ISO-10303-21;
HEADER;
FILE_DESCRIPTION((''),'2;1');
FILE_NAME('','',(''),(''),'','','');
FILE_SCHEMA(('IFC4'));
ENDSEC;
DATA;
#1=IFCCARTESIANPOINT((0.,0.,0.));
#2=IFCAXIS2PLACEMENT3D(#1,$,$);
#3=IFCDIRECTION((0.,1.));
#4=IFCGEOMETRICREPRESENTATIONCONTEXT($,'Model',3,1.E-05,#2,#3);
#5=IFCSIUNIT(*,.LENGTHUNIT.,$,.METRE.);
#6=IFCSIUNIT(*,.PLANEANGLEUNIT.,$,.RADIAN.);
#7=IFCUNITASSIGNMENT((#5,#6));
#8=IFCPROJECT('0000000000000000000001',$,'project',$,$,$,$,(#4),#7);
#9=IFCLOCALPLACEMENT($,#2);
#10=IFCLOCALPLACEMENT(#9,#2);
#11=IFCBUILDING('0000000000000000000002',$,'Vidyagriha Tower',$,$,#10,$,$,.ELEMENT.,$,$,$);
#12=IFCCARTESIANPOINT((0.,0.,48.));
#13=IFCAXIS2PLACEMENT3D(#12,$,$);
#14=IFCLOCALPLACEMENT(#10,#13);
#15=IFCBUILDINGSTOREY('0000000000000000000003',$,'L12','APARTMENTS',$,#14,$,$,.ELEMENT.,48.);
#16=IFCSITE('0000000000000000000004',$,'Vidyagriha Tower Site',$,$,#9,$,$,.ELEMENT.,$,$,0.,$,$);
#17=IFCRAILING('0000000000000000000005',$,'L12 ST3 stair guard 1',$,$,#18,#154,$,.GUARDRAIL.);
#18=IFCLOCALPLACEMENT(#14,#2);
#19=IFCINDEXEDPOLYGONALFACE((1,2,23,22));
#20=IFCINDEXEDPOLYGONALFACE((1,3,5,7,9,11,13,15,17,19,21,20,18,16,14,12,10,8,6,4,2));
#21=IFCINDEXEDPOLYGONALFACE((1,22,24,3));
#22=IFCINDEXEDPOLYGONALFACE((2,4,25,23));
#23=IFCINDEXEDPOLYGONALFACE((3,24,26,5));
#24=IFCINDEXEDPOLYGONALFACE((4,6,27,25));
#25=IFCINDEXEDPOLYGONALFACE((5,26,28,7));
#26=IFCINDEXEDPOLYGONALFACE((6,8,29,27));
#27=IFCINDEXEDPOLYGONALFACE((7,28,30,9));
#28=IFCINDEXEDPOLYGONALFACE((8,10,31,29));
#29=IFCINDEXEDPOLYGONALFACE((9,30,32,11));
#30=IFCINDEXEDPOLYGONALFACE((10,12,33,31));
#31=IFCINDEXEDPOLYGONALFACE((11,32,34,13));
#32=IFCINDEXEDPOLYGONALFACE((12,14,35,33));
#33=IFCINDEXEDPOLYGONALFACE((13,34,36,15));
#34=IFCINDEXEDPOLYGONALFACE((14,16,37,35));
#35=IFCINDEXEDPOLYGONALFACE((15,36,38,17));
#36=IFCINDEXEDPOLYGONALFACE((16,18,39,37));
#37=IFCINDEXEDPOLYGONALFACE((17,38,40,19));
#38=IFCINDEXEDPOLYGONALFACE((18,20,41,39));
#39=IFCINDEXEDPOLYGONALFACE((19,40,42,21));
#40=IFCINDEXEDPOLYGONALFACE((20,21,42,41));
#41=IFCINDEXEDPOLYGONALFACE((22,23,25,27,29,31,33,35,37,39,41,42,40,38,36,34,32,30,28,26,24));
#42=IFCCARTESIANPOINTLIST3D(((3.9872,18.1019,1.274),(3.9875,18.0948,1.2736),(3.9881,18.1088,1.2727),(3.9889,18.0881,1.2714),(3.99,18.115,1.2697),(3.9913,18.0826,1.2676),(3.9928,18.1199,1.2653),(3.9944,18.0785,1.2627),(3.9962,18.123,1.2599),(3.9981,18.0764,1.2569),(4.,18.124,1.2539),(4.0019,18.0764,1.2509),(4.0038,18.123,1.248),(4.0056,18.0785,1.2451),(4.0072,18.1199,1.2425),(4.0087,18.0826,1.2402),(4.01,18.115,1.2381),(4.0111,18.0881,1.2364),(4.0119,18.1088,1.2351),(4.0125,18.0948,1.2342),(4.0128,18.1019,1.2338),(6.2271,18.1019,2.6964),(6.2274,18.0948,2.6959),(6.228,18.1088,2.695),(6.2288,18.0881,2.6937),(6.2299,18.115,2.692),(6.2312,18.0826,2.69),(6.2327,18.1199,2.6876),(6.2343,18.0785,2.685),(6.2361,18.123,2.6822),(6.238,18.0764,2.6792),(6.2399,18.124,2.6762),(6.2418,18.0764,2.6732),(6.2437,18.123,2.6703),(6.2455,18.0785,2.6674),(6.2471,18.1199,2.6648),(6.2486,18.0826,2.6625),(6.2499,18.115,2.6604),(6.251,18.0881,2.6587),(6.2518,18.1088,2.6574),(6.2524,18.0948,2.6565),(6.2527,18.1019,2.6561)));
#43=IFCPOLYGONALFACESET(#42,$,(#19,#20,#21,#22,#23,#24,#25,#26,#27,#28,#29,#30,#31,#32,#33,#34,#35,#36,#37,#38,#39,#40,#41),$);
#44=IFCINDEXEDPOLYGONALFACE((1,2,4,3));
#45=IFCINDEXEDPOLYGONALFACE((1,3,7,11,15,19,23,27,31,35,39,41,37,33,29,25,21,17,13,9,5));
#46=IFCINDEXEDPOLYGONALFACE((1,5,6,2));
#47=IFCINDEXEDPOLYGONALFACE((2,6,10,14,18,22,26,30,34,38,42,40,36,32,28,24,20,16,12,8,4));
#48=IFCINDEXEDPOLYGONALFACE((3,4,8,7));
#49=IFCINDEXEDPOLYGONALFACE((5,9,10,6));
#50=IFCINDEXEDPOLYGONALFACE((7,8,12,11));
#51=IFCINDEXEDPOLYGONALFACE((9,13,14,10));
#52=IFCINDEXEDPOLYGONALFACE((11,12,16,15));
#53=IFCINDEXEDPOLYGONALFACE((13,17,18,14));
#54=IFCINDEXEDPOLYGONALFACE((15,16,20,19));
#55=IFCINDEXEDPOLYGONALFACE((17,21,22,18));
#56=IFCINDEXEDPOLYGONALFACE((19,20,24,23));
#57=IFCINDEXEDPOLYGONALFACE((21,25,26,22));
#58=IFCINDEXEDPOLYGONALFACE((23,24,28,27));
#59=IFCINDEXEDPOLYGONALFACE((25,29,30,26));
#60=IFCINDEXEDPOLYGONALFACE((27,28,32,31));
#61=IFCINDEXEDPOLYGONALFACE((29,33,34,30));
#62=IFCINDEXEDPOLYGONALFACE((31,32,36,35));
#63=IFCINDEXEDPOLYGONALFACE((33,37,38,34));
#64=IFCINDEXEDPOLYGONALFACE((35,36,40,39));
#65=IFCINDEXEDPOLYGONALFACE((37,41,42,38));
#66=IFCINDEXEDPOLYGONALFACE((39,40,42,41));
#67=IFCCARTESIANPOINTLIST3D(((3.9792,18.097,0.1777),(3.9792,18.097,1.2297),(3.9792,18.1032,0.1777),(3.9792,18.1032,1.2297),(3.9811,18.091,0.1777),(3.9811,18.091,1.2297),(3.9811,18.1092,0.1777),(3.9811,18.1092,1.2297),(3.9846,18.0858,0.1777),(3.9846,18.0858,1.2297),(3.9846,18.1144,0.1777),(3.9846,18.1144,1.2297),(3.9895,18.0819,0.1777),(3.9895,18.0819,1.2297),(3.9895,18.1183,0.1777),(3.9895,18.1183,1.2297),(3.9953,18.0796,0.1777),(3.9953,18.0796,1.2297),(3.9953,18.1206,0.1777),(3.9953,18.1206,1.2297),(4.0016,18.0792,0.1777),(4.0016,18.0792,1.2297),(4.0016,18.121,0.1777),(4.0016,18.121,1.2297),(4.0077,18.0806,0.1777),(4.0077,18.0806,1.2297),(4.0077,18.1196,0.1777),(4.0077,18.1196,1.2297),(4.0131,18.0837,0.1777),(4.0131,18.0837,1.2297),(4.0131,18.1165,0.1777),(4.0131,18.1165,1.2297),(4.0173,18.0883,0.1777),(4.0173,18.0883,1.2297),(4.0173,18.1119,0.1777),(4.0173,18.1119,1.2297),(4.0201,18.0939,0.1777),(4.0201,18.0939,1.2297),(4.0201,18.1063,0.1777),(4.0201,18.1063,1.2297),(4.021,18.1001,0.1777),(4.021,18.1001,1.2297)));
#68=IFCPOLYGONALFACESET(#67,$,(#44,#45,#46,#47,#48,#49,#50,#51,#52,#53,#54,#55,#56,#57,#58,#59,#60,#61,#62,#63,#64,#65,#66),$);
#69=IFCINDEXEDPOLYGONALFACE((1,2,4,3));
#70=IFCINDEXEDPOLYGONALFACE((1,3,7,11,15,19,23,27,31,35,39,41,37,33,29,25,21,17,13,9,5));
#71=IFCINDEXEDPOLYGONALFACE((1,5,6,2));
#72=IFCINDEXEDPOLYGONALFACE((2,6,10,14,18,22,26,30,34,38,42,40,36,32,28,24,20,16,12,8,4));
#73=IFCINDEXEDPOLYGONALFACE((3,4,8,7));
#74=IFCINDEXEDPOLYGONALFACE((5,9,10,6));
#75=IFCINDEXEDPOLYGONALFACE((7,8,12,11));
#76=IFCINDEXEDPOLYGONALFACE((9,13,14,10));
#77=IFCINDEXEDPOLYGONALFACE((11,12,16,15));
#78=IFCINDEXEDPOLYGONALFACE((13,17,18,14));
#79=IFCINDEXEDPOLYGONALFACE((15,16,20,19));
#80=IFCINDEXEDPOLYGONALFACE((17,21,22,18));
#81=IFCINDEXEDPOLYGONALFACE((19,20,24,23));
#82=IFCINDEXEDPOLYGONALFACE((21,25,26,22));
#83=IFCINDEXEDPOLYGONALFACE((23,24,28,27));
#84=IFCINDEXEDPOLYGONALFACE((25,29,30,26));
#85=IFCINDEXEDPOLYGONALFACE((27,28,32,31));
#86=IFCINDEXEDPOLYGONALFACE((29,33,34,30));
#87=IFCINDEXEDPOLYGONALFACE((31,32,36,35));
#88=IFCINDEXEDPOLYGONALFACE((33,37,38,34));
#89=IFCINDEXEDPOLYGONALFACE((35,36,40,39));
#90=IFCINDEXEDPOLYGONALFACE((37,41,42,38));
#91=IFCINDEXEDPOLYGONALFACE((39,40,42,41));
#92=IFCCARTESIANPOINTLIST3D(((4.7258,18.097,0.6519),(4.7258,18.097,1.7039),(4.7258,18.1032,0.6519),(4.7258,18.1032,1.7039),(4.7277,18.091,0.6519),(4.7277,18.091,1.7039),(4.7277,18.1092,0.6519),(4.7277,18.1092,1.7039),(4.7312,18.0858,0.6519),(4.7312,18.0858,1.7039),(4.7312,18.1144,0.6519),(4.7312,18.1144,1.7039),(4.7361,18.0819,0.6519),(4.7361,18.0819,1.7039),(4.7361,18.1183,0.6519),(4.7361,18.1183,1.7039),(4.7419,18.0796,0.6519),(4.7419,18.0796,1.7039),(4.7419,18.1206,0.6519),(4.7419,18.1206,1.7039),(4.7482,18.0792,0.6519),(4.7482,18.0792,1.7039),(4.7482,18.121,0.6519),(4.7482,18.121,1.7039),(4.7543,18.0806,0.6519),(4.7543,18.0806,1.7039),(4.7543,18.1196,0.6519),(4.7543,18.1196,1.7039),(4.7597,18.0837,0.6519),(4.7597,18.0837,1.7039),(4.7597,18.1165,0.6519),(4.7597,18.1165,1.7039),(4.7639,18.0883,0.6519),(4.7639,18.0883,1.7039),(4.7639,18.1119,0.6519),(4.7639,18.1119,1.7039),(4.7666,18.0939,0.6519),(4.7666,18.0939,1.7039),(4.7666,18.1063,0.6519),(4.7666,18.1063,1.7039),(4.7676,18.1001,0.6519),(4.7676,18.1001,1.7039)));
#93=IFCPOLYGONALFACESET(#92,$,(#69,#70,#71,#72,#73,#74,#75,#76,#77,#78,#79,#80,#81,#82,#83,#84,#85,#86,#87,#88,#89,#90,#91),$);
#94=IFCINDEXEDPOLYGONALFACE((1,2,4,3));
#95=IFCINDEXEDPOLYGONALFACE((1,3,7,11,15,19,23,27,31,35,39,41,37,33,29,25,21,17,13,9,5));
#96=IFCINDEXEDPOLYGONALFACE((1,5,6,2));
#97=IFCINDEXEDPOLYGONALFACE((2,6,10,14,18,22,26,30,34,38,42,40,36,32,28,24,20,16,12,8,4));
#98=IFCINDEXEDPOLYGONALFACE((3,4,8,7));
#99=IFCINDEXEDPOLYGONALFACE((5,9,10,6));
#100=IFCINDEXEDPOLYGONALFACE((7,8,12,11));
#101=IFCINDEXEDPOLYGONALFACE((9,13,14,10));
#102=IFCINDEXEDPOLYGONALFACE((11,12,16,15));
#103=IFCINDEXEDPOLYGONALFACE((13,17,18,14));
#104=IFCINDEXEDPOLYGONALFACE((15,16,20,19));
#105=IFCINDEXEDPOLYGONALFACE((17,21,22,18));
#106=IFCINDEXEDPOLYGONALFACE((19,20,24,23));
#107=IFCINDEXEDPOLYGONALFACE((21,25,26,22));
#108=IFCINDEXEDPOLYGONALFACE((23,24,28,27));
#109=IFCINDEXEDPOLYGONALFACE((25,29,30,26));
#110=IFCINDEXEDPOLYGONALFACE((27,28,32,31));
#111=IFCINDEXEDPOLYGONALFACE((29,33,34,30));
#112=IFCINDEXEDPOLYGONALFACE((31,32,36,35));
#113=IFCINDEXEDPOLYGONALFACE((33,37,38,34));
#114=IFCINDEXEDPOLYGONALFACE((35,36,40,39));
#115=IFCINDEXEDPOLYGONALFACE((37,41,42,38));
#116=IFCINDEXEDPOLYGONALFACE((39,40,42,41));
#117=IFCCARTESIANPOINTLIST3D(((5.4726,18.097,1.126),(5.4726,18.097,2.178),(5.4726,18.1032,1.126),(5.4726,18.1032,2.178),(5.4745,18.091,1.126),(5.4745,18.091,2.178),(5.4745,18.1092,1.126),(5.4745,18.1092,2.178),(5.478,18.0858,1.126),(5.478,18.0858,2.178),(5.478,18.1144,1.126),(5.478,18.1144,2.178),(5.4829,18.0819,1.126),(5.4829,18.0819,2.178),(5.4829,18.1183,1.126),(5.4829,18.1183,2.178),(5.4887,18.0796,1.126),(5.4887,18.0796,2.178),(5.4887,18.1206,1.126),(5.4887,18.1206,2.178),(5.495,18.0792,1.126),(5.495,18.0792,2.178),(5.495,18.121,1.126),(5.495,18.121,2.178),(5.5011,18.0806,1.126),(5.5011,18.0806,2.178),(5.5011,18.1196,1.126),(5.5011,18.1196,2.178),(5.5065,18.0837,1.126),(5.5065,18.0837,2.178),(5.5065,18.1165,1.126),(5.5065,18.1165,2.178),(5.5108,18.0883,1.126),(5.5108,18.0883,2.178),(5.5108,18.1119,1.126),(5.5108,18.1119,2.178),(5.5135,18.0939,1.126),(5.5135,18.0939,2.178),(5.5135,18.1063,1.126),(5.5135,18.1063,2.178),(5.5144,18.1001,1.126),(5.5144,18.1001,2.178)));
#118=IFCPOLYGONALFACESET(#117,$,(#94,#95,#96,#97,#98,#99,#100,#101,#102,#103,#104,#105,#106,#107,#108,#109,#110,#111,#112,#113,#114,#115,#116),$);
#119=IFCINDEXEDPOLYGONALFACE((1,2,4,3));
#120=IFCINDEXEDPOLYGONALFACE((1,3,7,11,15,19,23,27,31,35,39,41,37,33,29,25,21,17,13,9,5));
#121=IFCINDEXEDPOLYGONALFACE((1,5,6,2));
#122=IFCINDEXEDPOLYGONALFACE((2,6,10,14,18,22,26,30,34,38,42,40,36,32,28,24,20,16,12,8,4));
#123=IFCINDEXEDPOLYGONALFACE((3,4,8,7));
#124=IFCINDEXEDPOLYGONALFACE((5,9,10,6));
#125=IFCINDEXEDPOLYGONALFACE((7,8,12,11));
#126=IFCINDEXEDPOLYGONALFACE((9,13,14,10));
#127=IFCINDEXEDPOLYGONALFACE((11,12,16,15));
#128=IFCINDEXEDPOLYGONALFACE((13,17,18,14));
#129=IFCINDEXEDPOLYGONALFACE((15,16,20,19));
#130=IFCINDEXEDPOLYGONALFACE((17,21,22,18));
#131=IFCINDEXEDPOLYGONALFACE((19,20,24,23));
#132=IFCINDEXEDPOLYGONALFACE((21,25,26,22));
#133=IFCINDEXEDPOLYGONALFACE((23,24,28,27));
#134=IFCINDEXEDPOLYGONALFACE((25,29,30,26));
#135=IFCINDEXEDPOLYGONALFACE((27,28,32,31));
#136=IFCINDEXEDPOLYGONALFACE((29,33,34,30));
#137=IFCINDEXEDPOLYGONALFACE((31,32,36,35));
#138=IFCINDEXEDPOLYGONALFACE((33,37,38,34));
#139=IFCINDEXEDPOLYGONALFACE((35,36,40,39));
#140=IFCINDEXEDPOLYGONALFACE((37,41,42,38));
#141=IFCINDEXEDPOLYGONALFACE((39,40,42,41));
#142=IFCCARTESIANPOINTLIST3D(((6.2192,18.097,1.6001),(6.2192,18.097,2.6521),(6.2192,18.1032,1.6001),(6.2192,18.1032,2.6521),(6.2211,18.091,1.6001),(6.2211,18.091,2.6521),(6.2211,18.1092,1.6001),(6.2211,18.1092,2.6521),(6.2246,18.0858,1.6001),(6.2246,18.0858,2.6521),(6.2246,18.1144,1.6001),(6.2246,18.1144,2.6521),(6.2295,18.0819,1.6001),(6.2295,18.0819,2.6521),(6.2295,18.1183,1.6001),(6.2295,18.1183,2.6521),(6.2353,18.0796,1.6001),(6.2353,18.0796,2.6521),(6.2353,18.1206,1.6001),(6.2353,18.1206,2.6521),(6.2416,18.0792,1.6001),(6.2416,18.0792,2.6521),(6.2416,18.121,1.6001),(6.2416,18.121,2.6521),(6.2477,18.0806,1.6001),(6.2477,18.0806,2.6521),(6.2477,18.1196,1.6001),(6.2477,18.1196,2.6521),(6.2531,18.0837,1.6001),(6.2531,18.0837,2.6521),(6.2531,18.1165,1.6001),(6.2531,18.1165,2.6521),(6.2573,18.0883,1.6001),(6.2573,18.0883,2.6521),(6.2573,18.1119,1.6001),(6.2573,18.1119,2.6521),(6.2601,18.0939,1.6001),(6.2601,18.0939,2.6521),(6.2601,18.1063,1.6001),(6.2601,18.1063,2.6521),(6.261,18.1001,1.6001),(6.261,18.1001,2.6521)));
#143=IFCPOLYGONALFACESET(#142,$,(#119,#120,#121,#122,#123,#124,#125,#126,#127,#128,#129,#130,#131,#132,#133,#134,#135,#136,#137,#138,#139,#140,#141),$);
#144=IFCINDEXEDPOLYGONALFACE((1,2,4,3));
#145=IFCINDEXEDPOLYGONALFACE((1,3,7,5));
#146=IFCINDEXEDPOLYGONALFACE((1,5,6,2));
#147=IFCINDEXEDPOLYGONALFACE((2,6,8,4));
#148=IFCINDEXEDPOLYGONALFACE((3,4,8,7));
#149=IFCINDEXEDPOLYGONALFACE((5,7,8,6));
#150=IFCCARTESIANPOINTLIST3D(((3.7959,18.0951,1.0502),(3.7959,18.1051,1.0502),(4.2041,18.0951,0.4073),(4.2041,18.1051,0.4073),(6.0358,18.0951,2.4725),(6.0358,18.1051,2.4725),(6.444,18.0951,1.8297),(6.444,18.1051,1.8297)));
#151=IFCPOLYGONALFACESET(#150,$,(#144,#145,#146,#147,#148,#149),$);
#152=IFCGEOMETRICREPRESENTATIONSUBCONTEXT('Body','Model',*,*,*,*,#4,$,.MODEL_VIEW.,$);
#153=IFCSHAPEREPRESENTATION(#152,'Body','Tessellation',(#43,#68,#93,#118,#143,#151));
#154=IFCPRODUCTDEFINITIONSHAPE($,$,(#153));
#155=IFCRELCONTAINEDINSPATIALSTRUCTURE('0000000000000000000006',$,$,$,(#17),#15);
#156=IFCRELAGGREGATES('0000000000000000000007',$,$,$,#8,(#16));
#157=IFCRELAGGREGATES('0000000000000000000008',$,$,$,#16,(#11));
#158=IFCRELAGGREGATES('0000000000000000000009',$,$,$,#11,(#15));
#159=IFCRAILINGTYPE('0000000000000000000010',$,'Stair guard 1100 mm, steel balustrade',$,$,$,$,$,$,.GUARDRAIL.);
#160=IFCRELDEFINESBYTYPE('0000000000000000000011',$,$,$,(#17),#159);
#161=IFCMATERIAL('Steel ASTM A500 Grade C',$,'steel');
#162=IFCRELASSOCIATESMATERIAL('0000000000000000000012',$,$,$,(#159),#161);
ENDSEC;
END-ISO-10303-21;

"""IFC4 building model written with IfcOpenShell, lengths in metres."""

from ifc_helpers import new_model, si_unit, direction, frame, origin, origin_2d, place, context, subcontext, project, spatial, rectangle, circle, extrude, material, type_object, element, save


model = new_model("IFC4")

# Units and contexts
model_context = context("Model", 3, precision=1e-05, world=origin(), true_north=direction((0.0, 1.0)))
body_context = subcontext(model_context, "Body", "Model", "MODEL_VIEW")
ifc_project = project(units=[si_unit("LENGTHUNIT", "METRE"), si_unit("PLANEANGLEUNIT", "RADIAN")], contexts=[model_context])

# Site, building, storey
site_placement = place(None, origin())
site = spatial("IfcSite", under=ifc_project, at=site_placement, Name="Vidyagriha Tower Site", CompositionType="ELEMENT", RefElevation=0.0)
building_placement = place(site_placement, origin())
building = spatial("IfcBuilding", under=site, at=building_placement, Name="Vidyagriha Tower", CompositionType="ELEMENT")
storey_placement = place(building_placement, frame((0.0, 0.0, 48.0)))
storey = spatial("IfcBuildingStorey", under=building, at=storey_placement, Name="L12", Description="APARTMENTS", CompositionType="ELEMENT", Elevation=48.0)

# Railing
ifc_material_1 = material(Name="Steel ASTM A500 Grade C", Category="steel")
railing_type_1 = type_object("IfcRailingType", Name="Stair guard 1100 mm, steel balustrade", PredefinedType="GUARDRAIL", material=ifc_material_1)
railing_1_placement = place(storey_placement, frame((4.0, 18.1001, 0.1777)))
element("IfcRailing", 1, at=railing_1_placement, inside=storey, type_object=railing_type_1, Name="L12 ST3 stair guard 1", PredefinedType="GUARDRAIL", context=body_context, shape_type="SweptSolid", body=[
    extrude(circle(Radius=0.0239, at=origin_2d()), frame((0.0, 0.0, 1.0762), z_axis=(0.844188, 0.0, 0.536048), x_axis=(0.0, 1.0, 0.0)), (0.0, 0.0, 1.0), 2.6533),
    extrude(circle(Radius=0.021, at=origin_2d()), origin(), (0.0, 0.0, 1.0), 1.052),
    extrude(circle(Radius=0.021, at=origin_2d()), frame((0.7466, 0.0, 0.4741)), (0.0, 0.0, 1.0), 1.052),
    extrude(circle(Radius=0.021, at=origin_2d()), frame((1.4934, 0.0, 0.9482)), (0.0, 0.0, 1.0), 1.052),
    extrude(circle(Radius=0.021, at=origin_2d()), frame((2.24, 0.0, 1.4224)), (0.0, 0.0, 1.0), 1.052),
    extrude(rectangle(XDim=0.01, YDim=0.7615, at=origin_2d()), frame((0.0, 0.0, 0.551), z_axis=(0.844188, 0.0, 0.536048), x_axis=(0.0, 1.0, 0.0)), (0.0, 0.0, 1.0), 2.6533),
])

save(model, "model.ifc")
